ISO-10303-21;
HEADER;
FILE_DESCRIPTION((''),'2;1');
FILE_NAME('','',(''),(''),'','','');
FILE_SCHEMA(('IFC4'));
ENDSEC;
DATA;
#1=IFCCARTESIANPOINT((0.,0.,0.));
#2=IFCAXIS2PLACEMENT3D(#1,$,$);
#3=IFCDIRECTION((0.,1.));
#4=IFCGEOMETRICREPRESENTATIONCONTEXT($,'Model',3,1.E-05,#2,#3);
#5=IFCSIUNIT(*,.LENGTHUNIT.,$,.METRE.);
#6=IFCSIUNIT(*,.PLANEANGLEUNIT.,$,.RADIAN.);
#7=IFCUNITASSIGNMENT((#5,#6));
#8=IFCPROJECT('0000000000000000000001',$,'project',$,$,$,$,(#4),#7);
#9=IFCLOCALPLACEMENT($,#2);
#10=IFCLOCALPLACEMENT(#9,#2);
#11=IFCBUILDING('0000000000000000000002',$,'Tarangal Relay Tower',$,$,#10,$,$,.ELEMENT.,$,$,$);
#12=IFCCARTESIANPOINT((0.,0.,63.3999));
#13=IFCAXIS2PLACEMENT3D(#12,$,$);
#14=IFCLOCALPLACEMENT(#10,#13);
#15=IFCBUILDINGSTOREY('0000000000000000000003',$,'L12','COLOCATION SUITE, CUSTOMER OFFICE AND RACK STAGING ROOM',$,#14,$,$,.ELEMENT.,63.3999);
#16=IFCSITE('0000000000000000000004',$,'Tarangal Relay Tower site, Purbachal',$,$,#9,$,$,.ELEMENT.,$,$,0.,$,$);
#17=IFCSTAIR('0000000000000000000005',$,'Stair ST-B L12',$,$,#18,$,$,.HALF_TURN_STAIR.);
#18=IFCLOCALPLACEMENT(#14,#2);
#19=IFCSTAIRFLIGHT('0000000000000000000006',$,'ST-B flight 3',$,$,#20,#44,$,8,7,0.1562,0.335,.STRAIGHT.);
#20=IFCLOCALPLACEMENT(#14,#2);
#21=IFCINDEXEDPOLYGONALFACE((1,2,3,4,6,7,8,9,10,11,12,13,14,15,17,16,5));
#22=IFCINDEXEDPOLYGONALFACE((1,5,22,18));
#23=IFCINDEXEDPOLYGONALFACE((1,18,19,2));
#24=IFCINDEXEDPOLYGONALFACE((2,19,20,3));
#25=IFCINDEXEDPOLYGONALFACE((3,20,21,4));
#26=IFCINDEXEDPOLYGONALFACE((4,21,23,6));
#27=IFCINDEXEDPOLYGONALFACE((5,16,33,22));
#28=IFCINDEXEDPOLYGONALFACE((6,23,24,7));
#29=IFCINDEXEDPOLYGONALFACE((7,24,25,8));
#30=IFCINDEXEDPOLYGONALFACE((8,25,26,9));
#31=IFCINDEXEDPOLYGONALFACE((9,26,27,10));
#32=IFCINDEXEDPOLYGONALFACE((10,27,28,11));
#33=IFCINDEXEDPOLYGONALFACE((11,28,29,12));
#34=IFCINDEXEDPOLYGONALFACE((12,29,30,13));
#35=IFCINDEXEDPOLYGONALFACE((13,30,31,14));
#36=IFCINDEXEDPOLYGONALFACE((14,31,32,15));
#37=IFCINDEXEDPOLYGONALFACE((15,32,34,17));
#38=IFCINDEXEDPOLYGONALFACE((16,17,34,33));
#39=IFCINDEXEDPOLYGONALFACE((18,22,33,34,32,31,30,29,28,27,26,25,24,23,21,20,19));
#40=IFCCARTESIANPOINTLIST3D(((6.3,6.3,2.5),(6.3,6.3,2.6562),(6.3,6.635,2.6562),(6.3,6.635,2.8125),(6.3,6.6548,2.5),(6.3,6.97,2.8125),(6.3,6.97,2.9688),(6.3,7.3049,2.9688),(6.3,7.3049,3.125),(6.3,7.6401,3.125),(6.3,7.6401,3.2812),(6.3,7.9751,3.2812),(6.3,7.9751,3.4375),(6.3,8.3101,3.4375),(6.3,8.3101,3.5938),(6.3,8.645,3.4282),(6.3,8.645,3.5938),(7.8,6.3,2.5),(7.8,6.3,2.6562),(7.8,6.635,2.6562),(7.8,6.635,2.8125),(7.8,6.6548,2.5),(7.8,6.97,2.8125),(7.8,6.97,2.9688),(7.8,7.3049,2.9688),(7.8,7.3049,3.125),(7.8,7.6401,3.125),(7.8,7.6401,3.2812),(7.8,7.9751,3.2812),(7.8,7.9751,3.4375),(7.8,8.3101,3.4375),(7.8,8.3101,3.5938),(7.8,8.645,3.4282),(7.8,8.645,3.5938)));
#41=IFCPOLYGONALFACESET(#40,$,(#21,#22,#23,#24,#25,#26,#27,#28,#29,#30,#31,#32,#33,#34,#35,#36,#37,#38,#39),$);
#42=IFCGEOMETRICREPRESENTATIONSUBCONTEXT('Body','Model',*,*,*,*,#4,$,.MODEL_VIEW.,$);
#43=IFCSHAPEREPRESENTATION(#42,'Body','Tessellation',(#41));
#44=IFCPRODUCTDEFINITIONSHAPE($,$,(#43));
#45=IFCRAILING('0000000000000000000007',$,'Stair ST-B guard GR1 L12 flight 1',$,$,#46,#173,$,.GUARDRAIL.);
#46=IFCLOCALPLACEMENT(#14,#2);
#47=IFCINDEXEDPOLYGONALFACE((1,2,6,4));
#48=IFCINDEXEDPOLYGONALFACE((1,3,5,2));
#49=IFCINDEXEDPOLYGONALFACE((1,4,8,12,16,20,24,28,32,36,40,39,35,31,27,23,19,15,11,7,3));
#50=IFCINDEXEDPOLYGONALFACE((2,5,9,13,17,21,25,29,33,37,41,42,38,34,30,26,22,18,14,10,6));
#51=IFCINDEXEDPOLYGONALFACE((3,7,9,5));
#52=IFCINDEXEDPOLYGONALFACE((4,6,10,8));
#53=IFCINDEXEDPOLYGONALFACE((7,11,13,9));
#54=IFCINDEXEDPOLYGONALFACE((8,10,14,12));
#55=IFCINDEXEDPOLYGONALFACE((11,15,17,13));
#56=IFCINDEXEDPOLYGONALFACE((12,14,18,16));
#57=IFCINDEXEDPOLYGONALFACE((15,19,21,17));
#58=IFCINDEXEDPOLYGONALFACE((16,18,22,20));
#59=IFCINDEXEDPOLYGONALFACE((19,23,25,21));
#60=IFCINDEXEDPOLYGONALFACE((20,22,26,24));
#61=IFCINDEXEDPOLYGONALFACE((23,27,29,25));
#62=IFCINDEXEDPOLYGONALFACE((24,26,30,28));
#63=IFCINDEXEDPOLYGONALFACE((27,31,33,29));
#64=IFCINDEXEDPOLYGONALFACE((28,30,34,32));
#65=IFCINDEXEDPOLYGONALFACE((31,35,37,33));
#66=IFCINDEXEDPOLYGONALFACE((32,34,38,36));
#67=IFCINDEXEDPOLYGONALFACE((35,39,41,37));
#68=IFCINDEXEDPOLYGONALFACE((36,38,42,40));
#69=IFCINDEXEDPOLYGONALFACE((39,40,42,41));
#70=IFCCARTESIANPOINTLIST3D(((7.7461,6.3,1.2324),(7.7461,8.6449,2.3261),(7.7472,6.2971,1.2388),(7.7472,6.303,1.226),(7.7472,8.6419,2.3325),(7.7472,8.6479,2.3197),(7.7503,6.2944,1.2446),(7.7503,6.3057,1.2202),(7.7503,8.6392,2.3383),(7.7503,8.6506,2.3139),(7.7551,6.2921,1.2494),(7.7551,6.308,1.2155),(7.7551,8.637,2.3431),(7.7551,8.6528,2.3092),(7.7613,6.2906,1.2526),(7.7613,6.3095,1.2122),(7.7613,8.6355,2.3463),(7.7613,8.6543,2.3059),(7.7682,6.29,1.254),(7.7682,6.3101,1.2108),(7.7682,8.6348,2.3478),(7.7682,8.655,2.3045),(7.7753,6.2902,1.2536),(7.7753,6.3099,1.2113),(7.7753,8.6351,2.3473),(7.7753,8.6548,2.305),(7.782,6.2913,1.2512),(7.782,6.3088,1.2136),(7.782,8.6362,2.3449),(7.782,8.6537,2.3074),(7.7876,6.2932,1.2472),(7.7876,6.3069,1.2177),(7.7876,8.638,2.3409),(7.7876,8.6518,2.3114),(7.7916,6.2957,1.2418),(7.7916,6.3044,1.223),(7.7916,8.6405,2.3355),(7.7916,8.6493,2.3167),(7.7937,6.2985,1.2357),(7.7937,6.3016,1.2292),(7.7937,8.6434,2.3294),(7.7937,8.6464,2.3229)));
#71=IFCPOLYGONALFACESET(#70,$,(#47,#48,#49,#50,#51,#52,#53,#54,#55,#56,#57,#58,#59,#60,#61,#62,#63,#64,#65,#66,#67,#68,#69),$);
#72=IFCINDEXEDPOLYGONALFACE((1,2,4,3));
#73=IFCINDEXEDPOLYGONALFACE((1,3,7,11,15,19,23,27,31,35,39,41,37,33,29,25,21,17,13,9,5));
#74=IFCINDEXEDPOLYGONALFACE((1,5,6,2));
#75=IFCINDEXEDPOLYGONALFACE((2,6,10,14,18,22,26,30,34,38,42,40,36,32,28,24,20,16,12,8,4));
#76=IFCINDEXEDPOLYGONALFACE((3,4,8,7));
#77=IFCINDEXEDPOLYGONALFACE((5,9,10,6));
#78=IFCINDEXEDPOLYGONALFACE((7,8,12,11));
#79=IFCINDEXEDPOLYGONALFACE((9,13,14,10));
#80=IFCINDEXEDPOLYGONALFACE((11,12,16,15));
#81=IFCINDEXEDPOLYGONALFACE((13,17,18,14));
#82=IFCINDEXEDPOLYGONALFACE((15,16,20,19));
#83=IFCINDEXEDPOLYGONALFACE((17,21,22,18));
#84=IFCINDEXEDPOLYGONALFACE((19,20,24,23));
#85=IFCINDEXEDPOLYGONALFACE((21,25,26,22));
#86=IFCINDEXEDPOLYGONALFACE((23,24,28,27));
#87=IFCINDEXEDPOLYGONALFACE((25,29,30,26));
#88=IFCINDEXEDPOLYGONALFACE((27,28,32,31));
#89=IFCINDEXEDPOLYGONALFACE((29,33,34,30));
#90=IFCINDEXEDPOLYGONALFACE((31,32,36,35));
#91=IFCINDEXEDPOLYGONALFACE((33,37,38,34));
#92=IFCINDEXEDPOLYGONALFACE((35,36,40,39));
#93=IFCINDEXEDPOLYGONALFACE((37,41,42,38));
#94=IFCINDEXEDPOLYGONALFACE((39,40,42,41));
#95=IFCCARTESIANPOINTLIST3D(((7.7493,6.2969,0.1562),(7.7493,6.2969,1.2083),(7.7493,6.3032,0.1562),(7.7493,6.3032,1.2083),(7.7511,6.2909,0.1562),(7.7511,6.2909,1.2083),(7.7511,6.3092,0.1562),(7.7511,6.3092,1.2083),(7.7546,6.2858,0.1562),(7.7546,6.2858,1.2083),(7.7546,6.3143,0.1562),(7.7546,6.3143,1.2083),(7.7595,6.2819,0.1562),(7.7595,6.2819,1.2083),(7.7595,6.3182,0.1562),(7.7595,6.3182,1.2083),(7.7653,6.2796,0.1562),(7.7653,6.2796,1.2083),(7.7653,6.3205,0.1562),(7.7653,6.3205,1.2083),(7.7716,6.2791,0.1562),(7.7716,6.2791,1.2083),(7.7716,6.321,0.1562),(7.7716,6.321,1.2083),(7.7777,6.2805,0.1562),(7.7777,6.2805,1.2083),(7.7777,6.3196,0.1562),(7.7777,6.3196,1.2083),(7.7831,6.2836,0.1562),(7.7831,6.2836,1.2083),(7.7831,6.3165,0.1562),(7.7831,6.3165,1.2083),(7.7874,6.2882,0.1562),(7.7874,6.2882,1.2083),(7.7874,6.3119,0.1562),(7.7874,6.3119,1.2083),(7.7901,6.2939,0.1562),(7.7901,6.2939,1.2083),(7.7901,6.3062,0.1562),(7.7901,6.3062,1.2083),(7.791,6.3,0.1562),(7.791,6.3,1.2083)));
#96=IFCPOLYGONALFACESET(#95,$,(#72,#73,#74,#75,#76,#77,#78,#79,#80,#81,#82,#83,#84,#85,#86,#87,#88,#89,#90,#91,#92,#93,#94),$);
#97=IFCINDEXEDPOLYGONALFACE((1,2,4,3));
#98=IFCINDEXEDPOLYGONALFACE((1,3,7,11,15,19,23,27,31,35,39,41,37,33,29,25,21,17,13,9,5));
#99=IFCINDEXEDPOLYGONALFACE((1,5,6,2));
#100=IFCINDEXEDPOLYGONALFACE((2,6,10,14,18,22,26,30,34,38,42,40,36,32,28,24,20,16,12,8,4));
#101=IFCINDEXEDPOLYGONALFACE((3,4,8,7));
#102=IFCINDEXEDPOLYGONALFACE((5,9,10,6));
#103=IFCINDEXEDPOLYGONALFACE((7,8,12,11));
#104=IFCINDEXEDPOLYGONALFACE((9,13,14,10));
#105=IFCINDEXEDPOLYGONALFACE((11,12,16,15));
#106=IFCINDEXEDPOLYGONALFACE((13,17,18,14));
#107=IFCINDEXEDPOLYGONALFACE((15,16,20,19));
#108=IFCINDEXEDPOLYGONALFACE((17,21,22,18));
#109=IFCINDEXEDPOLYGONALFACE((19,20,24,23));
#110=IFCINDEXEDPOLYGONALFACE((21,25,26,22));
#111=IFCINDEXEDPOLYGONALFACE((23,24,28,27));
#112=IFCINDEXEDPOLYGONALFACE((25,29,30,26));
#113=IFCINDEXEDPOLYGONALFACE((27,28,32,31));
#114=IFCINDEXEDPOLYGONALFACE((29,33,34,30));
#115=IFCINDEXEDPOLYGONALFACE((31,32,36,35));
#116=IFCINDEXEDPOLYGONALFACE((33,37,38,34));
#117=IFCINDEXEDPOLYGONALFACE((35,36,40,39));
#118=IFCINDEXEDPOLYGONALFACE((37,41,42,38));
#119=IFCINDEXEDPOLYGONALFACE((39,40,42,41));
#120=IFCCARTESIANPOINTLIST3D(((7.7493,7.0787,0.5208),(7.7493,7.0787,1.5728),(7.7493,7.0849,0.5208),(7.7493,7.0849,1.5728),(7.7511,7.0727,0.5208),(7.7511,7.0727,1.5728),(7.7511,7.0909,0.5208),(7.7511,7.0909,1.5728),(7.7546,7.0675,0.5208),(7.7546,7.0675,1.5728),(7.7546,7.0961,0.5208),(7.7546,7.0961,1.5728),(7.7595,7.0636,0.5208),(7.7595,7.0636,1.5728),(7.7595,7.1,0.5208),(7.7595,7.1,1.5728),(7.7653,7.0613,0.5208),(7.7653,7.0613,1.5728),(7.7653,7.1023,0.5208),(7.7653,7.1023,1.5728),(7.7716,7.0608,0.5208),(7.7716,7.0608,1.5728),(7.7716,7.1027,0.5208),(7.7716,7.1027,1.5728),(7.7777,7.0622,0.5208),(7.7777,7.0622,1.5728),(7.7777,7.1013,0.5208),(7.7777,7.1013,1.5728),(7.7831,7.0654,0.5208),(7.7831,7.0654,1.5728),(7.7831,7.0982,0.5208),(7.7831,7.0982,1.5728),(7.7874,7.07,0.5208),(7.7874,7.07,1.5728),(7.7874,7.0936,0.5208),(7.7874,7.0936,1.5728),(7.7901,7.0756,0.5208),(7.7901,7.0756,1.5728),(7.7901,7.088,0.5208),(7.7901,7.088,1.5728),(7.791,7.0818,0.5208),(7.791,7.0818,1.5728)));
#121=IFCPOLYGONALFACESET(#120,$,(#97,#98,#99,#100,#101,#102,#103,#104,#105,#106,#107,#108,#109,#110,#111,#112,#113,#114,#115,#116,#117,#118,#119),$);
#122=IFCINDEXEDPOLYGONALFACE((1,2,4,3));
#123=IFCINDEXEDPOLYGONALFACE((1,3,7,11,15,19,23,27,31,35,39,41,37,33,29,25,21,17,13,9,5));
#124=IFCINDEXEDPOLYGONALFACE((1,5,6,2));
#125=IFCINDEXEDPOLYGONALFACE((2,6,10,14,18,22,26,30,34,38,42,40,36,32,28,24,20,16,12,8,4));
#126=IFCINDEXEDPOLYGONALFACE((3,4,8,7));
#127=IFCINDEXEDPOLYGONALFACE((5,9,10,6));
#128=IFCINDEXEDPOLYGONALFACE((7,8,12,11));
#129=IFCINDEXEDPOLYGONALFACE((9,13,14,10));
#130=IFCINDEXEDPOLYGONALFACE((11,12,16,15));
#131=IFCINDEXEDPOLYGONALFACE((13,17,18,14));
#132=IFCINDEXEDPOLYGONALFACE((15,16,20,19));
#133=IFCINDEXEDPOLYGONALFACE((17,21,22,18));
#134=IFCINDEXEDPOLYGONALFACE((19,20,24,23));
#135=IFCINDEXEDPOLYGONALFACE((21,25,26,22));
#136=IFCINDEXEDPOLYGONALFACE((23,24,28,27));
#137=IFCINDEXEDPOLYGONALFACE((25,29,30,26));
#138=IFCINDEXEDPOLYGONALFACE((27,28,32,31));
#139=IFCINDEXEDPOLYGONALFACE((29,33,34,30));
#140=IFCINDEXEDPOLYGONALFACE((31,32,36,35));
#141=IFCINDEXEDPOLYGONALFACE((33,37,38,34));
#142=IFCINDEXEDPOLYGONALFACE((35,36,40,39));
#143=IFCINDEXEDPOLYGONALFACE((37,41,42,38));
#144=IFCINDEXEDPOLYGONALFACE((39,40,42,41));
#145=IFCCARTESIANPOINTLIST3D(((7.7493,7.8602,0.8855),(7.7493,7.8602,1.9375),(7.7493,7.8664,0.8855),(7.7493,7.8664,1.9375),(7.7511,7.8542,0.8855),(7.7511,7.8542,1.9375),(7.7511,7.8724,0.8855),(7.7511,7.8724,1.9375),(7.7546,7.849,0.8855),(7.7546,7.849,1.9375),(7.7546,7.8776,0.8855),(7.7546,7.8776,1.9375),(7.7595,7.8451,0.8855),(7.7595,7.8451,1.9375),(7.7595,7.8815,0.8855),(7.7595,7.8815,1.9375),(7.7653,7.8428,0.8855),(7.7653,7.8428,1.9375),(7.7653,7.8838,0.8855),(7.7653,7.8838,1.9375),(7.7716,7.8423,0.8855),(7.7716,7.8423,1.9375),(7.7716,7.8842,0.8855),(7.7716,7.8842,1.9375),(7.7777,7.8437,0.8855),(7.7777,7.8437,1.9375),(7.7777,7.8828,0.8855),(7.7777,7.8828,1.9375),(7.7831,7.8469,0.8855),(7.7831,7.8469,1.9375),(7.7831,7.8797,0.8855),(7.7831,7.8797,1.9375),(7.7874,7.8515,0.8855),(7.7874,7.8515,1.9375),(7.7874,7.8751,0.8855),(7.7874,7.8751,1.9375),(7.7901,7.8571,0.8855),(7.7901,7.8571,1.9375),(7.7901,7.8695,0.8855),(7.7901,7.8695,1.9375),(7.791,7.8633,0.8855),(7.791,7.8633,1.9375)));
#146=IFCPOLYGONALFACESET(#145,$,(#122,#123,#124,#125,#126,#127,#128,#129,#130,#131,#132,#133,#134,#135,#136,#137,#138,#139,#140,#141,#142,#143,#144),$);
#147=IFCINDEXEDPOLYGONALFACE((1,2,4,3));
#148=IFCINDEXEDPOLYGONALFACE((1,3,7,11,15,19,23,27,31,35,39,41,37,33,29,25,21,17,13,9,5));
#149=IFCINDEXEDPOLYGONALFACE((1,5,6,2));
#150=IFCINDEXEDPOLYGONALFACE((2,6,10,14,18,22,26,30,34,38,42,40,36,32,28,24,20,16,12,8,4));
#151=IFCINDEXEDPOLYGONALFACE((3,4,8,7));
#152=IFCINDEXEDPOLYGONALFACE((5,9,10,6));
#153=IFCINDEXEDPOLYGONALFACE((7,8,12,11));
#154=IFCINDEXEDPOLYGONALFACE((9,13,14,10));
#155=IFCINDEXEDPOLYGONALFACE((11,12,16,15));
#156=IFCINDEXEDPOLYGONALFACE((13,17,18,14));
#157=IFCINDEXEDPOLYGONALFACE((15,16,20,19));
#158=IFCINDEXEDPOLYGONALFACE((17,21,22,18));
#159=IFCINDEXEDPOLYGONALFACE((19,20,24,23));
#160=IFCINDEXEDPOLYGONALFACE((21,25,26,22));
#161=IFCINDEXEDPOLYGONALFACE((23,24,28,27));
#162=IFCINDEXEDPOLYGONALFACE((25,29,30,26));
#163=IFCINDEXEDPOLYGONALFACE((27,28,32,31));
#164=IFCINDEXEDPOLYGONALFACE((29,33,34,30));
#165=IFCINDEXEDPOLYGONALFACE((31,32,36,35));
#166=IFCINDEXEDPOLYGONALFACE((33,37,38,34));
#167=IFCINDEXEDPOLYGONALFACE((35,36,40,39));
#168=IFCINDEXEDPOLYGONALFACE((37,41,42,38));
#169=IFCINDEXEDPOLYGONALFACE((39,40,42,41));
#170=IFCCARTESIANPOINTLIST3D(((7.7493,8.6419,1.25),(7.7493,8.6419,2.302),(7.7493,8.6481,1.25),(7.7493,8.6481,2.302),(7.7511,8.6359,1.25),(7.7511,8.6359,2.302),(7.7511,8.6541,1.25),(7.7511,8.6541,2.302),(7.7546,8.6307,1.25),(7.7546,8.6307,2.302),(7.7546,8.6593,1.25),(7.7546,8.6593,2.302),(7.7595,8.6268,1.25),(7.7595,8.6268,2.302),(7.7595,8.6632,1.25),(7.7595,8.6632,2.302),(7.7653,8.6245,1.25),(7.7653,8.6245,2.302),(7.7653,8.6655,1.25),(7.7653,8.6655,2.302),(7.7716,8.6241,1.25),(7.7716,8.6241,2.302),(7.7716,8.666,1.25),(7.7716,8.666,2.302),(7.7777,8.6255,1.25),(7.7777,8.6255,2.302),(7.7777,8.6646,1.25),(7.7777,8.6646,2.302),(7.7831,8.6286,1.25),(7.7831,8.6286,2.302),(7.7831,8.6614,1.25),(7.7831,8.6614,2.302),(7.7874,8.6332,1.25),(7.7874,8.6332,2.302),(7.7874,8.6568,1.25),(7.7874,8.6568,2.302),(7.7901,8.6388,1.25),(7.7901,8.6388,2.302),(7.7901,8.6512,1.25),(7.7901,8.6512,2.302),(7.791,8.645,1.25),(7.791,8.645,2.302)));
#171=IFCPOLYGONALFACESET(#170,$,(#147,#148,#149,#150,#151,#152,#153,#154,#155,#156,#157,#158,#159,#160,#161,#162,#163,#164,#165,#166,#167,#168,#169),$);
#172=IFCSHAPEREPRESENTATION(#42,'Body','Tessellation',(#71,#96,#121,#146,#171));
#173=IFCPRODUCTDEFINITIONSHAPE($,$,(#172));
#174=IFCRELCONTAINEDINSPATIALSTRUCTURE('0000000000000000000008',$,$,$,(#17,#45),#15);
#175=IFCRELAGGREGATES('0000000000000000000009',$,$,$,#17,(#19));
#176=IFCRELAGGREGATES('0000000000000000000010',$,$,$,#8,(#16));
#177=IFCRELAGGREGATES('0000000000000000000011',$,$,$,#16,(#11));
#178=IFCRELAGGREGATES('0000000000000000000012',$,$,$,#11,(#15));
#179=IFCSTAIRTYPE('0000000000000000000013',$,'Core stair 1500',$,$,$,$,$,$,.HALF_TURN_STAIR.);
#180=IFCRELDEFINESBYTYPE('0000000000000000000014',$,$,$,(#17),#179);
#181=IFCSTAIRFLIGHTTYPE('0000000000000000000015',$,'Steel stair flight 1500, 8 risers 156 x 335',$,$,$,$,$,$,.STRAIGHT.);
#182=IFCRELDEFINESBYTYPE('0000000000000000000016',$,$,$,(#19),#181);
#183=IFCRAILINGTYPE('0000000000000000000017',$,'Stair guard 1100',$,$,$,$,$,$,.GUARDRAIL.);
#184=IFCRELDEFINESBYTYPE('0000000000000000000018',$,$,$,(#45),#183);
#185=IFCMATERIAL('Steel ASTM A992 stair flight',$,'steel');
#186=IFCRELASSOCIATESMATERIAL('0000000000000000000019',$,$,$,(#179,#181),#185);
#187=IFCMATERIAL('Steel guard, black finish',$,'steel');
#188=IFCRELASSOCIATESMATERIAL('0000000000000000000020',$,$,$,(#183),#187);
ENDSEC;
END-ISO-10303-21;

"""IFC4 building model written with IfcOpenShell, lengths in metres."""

from ifc_helpers import new_model, si_unit, direction, frame, origin, origin_2d, place, context, subcontext, project, spatial, polyline, circle, outline, extrude, material, type_object, element, aggregate, save


model = new_model("IFC4")

# Units and contexts
model_context = context("Model", 3, precision=1e-05, world=origin(), true_north=direction((0.0, 1.0)))
body_context = subcontext(model_context, "Body", "Model", "MODEL_VIEW")
ifc_project = project(units=[si_unit("LENGTHUNIT", "METRE"), si_unit("PLANEANGLEUNIT", "RADIAN")], contexts=[model_context])

# Site, building, storey
site_placement = place(None, origin())
site = spatial("IfcSite", under=ifc_project, at=site_placement, Name="Tarangal Relay Tower site, Purbachal", CompositionType="ELEMENT", RefElevation=0.0)
building_placement = place(site_placement, origin())
building = spatial("IfcBuilding", under=site, at=building_placement, Name="Tarangal Relay Tower", CompositionType="ELEMENT")
storey_placement = place(building_placement, frame((0.0, 0.0, 63.3999)))
storey = spatial("IfcBuildingStorey", under=building, at=storey_placement, Name="L12", Description="COLOCATION SUITE, CUSTOMER OFFICE AND RACK STAGING ROOM", CompositionType="ELEMENT", Elevation=63.3999)

# Stair
ifc_material_1 = material(Name="Steel ASTM A992 stair flight", Category="steel")
stair_type = type_object("IfcStairType", Name="Core stair 1500", PredefinedType="HALF_TURN_STAIR", material=ifc_material_1)
stair_1_placement = place(storey_placement, origin())
stair_1 = element("IfcStair", 1, at=stair_1_placement, inside=storey, type_object=stair_type, Name="Stair ST-B L12", PredefinedType="HALF_TURN_STAIR")

# Stair flight
stair_flight_type = type_object("IfcStairFlightType", Name="Steel stair flight 1500, 8 risers 156 x 335", PredefinedType="STRAIGHT", material=ifc_material_1)
stair_flight_1_placement = place(storey_placement, frame((7.05, 6.3, 2.5), z_axis=(0.0, 0.0, 1.0), x_axis=(0.0, 1.0, 0.0)))
stair_flight_1 = element("IfcStairFlight", 2, at=stair_flight_1_placement, type_object=stair_flight_type, Name="ST-B flight 3", NumberOfRisers=8, NumberOfTreads=7, PredefinedType="STRAIGHT", RiserHeight=0.1562, TreadLength=0.335, context=body_context, shape_type="SweptSolid", body=[
    extrude(outline(polyline([(0.0, 0.0), (0.0, 0.1562), (0.335, 0.1562), (0.335, 0.3125), (0.6699, 0.3125), (0.6699, 0.4688), (1.0049, 0.4688), (1.0049, 0.625), (1.3401, 0.625), (1.3401, 0.7812), (1.675, 0.7812), (1.675, 0.9375), (2.01, 0.9375), (2.01, 1.0938), (2.345, 1.0938), (2.345, 1.25), (2.345, 0.9282), (0.3547, 0.0), (0.0, 0.0)])), frame((0.0, 0.75, 0.0), z_axis=(0.0, -1.0, 0.0), x_axis=(1.0, 0.0, 0.0)), (0.0, 0.0, 1.0), 1.5),
])
aggregate(stair_1, [stair_flight_1])

# Railing
ifc_material_2 = material(Name="Steel guard, black finish", Category="steel")
railing_type_1 = type_object("IfcRailingType", Name="Stair guard 1100", PredefinedType="GUARDRAIL", material=ifc_material_2)
railing_1_placement = place(storey_placement, frame((7.77, 6.3, 0.1562)))
element("IfcRailing", 3, at=railing_1_placement, inside=storey, type_object=railing_type_1, Name="Stair ST-B guard GR1 L12 flight 1", PredefinedType="GUARDRAIL", context=body_context, shape_type="SweptSolid", body=[
    extrude(circle(Radius=0.0239, at=origin_2d()), frame((0.0, 0.0, 1.0762), z_axis=(0.0, 0.906267, 0.422705), x_axis=(-1.0, 0.0, 0.0)), (0.0, 0.0, 1.0), 2.5874),
    extrude(circle(Radius=0.021, at=origin_2d()), origin(), (0.0, 0.0, 1.0), 1.052),
    extrude(circle(Radius=0.021, at=origin_2d()), frame((0.0, 0.7817, 0.3645)), (0.0, 0.0, 1.0), 1.052),
    extrude(circle(Radius=0.021, at=origin_2d()), frame((0.0, 1.5632, 0.7292)), (0.0, 0.0, 1.0), 1.052),
    extrude(circle(Radius=0.021, at=origin_2d()), frame((0.0, 2.345, 1.0938)), (0.0, 0.0, 1.0), 1.052),
])

save(model, "model.ifc")
